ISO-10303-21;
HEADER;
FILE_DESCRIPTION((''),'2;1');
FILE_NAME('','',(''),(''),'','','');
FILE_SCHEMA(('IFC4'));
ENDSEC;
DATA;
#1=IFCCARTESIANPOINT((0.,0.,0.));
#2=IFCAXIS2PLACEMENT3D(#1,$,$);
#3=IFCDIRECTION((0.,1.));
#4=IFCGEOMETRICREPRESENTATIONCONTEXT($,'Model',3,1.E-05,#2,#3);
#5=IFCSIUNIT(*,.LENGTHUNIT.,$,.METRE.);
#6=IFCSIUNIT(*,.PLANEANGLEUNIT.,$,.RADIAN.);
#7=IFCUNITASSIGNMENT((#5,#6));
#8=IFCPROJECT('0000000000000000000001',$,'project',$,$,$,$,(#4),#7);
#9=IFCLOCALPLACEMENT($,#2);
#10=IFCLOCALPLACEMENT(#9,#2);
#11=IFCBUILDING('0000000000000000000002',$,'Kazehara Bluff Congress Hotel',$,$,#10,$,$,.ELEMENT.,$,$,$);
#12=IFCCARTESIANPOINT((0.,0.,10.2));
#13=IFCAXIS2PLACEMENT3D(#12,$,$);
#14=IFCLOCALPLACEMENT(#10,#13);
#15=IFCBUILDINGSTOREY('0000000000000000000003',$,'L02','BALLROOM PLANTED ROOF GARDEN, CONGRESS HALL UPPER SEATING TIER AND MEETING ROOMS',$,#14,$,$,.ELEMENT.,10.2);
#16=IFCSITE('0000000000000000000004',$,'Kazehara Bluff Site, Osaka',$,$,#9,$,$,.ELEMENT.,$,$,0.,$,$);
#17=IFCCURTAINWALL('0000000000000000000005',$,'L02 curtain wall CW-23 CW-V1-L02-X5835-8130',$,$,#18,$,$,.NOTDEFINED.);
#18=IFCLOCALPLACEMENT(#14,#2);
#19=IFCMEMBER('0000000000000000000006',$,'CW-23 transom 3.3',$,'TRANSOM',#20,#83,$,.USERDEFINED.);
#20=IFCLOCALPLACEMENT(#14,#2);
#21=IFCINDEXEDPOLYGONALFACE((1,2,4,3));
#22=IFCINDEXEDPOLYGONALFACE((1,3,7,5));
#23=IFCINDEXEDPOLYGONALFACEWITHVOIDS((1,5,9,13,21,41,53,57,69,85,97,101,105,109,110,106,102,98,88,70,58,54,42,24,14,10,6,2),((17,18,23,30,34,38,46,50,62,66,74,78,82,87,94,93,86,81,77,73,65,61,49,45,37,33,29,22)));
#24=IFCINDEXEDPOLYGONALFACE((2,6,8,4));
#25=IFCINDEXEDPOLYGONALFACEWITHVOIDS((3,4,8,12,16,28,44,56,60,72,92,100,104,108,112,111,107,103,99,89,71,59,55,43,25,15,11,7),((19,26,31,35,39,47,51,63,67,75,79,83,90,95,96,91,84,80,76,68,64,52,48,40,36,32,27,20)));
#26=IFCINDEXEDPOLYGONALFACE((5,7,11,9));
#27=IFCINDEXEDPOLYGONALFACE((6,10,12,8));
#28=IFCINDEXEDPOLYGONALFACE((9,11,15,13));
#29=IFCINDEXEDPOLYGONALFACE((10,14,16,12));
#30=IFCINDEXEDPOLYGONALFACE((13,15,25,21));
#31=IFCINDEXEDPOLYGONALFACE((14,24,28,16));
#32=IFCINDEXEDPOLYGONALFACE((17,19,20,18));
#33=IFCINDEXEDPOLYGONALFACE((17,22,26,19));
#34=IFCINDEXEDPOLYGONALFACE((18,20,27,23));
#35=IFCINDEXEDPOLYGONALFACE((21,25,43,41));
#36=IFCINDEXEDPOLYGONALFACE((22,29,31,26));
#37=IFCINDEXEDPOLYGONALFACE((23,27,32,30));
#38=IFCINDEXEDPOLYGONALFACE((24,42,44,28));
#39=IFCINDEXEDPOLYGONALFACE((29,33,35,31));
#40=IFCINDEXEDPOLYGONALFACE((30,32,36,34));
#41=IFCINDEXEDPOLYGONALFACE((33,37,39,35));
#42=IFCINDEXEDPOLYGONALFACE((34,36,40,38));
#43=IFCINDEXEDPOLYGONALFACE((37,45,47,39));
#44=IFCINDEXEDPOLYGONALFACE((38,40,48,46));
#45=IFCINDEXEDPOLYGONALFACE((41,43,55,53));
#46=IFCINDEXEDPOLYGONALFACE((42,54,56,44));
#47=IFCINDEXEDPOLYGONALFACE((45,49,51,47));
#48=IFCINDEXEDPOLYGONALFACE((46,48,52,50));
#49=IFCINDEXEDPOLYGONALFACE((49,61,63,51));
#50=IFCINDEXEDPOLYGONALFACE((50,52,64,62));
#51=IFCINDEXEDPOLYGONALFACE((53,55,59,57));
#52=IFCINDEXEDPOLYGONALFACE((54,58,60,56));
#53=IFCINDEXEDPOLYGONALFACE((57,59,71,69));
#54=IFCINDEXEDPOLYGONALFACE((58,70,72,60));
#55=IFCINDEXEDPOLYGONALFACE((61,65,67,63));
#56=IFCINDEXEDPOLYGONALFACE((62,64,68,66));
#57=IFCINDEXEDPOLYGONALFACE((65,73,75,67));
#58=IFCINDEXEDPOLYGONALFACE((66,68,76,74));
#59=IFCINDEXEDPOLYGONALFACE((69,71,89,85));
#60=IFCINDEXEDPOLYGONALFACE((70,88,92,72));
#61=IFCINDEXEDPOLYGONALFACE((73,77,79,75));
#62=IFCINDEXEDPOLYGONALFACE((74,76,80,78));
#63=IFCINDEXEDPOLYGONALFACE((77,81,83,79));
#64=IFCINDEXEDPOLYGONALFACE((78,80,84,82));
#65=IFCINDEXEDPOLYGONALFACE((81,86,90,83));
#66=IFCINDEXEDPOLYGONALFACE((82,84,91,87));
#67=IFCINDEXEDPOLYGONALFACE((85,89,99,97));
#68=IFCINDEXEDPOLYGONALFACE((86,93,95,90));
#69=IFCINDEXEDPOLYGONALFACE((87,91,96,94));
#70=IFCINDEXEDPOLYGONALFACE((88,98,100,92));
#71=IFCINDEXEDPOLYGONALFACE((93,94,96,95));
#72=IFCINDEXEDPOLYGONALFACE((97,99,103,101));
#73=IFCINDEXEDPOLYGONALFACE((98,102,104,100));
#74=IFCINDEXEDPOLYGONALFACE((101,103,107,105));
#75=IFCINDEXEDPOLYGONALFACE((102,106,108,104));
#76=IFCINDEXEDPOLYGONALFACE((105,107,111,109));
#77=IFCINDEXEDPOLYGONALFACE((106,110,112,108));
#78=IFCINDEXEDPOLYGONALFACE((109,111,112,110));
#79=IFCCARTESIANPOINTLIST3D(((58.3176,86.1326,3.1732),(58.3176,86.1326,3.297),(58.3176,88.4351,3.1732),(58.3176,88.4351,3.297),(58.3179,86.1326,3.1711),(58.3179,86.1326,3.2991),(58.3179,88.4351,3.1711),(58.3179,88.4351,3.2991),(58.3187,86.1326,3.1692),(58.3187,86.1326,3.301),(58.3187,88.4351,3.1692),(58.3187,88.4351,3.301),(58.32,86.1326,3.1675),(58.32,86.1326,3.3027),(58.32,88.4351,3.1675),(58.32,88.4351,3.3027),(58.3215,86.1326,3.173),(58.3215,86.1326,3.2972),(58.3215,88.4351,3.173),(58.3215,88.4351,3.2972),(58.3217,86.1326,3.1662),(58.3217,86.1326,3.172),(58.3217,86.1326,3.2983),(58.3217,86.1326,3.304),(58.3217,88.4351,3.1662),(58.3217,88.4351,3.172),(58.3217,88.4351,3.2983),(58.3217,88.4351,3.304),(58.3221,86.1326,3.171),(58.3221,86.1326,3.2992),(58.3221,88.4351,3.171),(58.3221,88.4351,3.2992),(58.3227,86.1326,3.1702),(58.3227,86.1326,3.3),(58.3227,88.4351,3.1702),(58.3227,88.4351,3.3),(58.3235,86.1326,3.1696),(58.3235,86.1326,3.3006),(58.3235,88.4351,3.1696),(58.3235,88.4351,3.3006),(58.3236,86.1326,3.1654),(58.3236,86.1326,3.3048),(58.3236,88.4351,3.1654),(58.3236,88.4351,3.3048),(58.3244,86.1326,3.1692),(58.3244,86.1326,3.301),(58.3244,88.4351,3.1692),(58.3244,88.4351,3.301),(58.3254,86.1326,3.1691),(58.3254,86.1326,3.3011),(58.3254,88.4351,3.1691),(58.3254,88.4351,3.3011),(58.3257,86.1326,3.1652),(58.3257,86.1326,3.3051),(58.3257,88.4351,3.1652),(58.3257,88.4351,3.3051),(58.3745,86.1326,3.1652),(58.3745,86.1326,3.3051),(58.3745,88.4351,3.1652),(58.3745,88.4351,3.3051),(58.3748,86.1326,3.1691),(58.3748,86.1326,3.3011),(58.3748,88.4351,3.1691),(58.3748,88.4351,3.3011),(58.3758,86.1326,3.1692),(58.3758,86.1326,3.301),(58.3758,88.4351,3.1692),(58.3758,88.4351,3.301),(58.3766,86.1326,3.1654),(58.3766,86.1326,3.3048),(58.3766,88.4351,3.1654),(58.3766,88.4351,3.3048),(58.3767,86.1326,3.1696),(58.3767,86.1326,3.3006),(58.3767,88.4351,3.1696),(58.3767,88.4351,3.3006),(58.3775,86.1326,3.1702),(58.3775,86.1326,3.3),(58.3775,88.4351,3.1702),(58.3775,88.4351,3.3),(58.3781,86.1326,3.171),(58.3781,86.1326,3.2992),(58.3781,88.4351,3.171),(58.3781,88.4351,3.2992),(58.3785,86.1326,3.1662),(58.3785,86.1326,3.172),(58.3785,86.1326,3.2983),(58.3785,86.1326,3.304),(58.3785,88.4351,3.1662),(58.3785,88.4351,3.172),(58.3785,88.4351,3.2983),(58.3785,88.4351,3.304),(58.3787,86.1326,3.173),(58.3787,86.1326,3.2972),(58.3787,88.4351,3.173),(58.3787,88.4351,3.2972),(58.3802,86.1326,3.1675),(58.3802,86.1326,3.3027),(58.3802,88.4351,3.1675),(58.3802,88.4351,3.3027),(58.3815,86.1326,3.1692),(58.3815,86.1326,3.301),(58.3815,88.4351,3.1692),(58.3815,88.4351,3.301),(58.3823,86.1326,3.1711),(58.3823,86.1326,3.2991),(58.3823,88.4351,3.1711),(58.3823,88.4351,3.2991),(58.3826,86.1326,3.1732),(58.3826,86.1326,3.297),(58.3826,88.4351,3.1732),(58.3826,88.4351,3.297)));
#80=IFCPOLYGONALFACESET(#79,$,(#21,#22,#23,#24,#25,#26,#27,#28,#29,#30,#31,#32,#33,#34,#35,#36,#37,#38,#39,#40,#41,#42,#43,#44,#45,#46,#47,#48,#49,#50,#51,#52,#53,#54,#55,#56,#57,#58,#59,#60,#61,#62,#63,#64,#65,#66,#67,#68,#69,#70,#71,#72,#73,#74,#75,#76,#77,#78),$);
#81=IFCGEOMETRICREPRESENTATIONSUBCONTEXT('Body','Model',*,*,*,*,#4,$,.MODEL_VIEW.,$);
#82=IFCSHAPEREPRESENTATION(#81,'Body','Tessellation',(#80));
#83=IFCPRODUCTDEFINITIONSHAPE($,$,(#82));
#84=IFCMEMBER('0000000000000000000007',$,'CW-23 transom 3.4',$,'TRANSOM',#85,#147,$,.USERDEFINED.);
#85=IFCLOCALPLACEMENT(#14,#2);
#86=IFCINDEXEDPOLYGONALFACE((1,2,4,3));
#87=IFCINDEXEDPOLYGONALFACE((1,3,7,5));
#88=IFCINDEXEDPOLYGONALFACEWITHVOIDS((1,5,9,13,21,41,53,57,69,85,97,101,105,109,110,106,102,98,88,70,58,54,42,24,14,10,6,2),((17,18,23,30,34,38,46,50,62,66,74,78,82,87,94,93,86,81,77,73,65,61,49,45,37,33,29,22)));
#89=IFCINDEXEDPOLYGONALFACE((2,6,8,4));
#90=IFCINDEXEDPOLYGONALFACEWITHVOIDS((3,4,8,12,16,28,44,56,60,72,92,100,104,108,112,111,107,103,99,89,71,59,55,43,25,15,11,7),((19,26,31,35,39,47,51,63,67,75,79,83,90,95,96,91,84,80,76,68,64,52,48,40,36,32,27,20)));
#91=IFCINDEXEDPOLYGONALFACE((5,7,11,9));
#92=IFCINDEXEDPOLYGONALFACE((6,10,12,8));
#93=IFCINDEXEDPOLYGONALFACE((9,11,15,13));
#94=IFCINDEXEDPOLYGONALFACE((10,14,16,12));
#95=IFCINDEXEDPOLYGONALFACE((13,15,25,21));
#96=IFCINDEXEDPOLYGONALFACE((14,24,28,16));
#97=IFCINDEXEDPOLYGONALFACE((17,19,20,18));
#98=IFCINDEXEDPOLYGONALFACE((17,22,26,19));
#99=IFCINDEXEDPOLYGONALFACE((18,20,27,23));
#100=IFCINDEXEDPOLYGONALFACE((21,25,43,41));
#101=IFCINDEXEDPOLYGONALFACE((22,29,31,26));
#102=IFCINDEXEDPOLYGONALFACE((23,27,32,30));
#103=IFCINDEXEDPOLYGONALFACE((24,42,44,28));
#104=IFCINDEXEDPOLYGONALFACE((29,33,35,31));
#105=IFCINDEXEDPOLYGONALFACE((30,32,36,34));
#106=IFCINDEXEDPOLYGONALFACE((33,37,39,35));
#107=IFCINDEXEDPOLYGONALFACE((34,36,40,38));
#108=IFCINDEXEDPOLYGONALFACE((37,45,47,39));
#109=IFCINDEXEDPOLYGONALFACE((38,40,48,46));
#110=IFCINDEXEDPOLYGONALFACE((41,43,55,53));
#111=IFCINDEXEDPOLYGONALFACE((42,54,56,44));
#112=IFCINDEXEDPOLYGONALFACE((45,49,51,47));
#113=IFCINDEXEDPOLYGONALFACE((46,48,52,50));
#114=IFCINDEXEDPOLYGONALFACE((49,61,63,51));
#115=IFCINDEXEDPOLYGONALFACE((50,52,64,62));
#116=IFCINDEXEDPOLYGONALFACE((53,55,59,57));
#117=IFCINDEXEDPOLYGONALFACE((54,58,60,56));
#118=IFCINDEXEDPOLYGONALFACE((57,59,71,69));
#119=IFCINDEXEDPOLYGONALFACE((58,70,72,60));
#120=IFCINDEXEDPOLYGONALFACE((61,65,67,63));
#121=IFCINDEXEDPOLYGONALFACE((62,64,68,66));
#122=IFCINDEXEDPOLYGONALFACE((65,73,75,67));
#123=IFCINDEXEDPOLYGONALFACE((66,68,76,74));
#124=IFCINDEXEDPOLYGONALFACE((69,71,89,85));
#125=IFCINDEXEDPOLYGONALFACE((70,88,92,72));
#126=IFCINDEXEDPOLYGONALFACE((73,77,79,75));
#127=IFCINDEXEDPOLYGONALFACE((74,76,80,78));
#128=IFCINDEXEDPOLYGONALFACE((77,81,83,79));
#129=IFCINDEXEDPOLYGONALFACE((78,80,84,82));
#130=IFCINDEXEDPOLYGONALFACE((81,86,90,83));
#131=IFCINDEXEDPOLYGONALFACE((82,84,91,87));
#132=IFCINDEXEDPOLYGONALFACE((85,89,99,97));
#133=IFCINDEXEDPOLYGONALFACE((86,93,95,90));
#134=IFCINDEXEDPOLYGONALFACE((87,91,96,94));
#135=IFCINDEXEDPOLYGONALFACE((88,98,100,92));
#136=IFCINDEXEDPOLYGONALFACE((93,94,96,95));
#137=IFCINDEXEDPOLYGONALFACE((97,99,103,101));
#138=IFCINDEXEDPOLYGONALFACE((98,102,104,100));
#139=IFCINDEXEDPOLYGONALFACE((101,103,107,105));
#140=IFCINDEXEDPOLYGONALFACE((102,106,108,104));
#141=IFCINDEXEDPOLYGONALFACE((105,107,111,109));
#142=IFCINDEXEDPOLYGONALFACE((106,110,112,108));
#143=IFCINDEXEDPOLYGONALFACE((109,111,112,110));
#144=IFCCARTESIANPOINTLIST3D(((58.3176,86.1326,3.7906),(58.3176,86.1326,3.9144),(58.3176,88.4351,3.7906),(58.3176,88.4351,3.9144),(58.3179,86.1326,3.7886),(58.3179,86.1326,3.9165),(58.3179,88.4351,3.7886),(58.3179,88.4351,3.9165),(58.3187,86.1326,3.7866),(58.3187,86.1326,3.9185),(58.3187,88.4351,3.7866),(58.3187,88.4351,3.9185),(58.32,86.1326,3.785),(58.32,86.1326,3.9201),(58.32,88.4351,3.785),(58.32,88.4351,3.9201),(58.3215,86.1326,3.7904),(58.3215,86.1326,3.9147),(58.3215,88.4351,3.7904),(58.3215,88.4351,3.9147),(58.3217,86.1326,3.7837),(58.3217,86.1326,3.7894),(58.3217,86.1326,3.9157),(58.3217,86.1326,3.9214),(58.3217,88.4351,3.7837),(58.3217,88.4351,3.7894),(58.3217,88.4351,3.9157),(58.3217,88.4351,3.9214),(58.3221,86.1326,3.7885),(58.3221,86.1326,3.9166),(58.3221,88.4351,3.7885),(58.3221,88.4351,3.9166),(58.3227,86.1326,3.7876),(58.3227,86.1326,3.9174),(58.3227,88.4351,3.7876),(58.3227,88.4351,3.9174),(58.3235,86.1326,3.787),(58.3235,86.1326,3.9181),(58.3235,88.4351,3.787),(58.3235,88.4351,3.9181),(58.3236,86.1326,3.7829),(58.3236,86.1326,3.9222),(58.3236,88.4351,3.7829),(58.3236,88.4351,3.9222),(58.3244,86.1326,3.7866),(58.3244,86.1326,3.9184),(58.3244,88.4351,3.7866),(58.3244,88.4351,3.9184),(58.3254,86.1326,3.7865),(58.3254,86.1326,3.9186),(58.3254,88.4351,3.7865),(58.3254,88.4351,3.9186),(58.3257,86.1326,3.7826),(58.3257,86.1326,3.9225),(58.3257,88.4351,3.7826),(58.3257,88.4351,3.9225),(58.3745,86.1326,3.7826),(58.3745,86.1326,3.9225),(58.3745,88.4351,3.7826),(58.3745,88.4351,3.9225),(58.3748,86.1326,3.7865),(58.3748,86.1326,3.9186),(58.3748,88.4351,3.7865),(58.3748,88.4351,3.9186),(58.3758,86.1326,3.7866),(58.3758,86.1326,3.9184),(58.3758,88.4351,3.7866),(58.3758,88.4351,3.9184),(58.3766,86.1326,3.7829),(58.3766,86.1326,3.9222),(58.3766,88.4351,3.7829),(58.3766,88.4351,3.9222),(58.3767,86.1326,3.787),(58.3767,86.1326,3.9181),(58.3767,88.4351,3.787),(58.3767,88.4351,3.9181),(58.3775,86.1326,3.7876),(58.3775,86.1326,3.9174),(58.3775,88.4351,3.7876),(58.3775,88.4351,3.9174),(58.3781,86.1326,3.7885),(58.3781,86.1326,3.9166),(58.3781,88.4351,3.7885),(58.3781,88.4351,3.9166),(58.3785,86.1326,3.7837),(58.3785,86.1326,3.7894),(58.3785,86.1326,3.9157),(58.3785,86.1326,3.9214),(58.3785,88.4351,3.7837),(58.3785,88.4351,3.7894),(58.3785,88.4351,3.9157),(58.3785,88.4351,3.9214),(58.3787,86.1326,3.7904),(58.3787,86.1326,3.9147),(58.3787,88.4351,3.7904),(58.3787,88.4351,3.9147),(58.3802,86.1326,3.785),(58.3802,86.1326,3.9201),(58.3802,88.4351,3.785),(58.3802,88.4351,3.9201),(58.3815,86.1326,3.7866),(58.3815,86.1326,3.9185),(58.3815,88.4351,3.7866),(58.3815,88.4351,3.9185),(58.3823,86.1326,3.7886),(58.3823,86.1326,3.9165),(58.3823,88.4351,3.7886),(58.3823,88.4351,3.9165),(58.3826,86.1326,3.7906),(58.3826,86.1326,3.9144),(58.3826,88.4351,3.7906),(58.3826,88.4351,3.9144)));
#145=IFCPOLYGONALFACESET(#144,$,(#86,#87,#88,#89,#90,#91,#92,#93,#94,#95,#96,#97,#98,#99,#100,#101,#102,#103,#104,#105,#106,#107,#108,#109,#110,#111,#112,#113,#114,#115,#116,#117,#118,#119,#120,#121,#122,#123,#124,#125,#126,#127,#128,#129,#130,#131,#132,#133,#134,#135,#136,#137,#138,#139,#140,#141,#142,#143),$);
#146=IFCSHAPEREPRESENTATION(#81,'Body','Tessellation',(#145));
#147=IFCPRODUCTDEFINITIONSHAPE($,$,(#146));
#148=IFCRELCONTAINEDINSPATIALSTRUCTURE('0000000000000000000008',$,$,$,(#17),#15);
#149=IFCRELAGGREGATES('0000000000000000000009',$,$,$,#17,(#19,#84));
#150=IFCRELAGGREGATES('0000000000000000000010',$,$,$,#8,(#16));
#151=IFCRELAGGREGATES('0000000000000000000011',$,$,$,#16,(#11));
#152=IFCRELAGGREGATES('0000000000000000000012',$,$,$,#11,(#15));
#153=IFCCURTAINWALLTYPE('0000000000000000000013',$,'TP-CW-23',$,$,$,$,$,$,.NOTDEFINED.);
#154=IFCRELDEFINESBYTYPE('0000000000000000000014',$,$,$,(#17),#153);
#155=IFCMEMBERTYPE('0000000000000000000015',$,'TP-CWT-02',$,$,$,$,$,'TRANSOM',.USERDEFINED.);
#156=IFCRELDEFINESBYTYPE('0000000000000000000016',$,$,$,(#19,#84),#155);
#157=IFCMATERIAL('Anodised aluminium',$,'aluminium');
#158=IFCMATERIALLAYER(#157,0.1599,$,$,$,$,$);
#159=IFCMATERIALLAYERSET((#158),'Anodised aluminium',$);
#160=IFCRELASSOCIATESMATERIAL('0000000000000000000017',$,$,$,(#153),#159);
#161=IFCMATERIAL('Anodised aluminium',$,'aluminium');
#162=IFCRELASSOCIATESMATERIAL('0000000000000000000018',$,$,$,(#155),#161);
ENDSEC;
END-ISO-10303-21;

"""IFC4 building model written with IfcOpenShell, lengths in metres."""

from ifc_helpers import new_model, si_unit, direction, frame, origin, origin_2d, place, context, subcontext, project, spatial, hollow_rectangle, extrude, material, layer, layer_set, material_profile, profile_set, type_object, element, aggregate, save


model = new_model("IFC4")

# Units and contexts
model_context = context("Model", 3, precision=1e-05, world=origin(), true_north=direction((0.0, 1.0)))
body_context = subcontext(model_context, "Body", "Model", "MODEL_VIEW")
ifc_project = project(units=[si_unit("LENGTHUNIT", "METRE"), si_unit("PLANEANGLEUNIT", "RADIAN")], contexts=[model_context])

# Site, building, storey
site_placement = place(None, origin())
site = spatial("IfcSite", under=ifc_project, at=site_placement, Name="Kazehara Bluff Site, Osaka", CompositionType="ELEMENT", RefElevation=0.0)
building_placement = place(site_placement, origin())
building = spatial("IfcBuilding", under=site, at=building_placement, Name="Kazehara Bluff Congress Hotel", CompositionType="ELEMENT")
storey_placement = place(building_placement, frame((0.0, 0.0, 10.2)))
storey = spatial("IfcBuildingStorey", under=building, at=storey_placement, Name="L02", Description="BALLROOM PLANTED ROOF GARDEN, CONGRESS HALL UPPER SEATING TIER AND MEETING ROOMS", CompositionType="ELEMENT", Elevation=10.2)

# Curtain wall
ifc_material_1 = material(Name="Anodised aluminium", Category="aluminium")
ifc_layer_1 = layer(ifc_material_1, 0.1599)
ifc_layer_set_1 = layer_set([ifc_layer_1], Name="Anodised aluminium")
curtain_wall_type = type_object("IfcCurtainWallType", Name="TP-CW-23", PredefinedType="NOTDEFINED", material=ifc_layer_set_1)
curtain_wall_1_placement = place(storey_placement, origin())
curtain_wall_1 = element("IfcCurtainWall", 1, at=curtain_wall_1_placement, inside=storey, type_object=curtain_wall_type, Name="L02 curtain wall CW-23 CW-V1-L02-X5835-8130", PredefinedType="NOTDEFINED")

# Members
ifc_material_2 = material(Name="Anodised aluminium", Category="aluminium")
ifc_material_profile_1 = material_profile(ifc_material_2, hollow_rectangle(XDim=0.0649, YDim=0.1399, WallThickness=0.0039, InnerFilletRadius=0.0039, OuterFilletRadius=0.0081, at=origin_2d()))
ifc_profile_set_1 = profile_set([ifc_material_profile_1], Name="Anodised aluminium")
member_type_1 = type_object("IfcMemberType", Name="TP-CWT-02", ElementType="TRANSOM", PredefinedType="USERDEFINED", material=ifc_profile_set_1)
member_1_placement = place(storey_placement, frame((58.3501, 86.1326, 3.2351), z_axis=(0.0, 1.0, 0.0), x_axis=(-1.0, 0.0, 0.0)))
member_1 = element("IfcMember", 2, at=member_1_placement, type_object=member_type_1, Name="CW-23 transom 3.3", ObjectType="TRANSOM", PredefinedType="USERDEFINED", context=body_context, shape_type="SweptSolid", body=[
    extrude(hollow_rectangle(XDim=0.0649, YDim=0.1399, WallThickness=0.0039, InnerFilletRadius=0.0039, OuterFilletRadius=0.0081, at=origin_2d()), origin(), (0.0, 0.0, 1.0), 2.3025),
])
member_2_placement = place(storey_placement, frame((58.3501, 86.1326, 3.8525), z_axis=(0.0, 1.0, 0.0), x_axis=(-1.0, 0.0, 0.0)))
member_2 = element("IfcMember", 3, at=member_2_placement, type_object=member_type_1, Name="CW-23 transom 3.4", ObjectType="TRANSOM", PredefinedType="USERDEFINED", context=body_context, shape_type="SweptSolid", body=[
    extrude(hollow_rectangle(XDim=0.0649, YDim=0.1399, WallThickness=0.0039, InnerFilletRadius=0.0039, OuterFilletRadius=0.0081, at=origin_2d()), origin(), (0.0, 0.0, 1.0), 2.3025),
])

aggregate(curtain_wall_1, [member_1, member_2])

save(model, "model.ifc")
